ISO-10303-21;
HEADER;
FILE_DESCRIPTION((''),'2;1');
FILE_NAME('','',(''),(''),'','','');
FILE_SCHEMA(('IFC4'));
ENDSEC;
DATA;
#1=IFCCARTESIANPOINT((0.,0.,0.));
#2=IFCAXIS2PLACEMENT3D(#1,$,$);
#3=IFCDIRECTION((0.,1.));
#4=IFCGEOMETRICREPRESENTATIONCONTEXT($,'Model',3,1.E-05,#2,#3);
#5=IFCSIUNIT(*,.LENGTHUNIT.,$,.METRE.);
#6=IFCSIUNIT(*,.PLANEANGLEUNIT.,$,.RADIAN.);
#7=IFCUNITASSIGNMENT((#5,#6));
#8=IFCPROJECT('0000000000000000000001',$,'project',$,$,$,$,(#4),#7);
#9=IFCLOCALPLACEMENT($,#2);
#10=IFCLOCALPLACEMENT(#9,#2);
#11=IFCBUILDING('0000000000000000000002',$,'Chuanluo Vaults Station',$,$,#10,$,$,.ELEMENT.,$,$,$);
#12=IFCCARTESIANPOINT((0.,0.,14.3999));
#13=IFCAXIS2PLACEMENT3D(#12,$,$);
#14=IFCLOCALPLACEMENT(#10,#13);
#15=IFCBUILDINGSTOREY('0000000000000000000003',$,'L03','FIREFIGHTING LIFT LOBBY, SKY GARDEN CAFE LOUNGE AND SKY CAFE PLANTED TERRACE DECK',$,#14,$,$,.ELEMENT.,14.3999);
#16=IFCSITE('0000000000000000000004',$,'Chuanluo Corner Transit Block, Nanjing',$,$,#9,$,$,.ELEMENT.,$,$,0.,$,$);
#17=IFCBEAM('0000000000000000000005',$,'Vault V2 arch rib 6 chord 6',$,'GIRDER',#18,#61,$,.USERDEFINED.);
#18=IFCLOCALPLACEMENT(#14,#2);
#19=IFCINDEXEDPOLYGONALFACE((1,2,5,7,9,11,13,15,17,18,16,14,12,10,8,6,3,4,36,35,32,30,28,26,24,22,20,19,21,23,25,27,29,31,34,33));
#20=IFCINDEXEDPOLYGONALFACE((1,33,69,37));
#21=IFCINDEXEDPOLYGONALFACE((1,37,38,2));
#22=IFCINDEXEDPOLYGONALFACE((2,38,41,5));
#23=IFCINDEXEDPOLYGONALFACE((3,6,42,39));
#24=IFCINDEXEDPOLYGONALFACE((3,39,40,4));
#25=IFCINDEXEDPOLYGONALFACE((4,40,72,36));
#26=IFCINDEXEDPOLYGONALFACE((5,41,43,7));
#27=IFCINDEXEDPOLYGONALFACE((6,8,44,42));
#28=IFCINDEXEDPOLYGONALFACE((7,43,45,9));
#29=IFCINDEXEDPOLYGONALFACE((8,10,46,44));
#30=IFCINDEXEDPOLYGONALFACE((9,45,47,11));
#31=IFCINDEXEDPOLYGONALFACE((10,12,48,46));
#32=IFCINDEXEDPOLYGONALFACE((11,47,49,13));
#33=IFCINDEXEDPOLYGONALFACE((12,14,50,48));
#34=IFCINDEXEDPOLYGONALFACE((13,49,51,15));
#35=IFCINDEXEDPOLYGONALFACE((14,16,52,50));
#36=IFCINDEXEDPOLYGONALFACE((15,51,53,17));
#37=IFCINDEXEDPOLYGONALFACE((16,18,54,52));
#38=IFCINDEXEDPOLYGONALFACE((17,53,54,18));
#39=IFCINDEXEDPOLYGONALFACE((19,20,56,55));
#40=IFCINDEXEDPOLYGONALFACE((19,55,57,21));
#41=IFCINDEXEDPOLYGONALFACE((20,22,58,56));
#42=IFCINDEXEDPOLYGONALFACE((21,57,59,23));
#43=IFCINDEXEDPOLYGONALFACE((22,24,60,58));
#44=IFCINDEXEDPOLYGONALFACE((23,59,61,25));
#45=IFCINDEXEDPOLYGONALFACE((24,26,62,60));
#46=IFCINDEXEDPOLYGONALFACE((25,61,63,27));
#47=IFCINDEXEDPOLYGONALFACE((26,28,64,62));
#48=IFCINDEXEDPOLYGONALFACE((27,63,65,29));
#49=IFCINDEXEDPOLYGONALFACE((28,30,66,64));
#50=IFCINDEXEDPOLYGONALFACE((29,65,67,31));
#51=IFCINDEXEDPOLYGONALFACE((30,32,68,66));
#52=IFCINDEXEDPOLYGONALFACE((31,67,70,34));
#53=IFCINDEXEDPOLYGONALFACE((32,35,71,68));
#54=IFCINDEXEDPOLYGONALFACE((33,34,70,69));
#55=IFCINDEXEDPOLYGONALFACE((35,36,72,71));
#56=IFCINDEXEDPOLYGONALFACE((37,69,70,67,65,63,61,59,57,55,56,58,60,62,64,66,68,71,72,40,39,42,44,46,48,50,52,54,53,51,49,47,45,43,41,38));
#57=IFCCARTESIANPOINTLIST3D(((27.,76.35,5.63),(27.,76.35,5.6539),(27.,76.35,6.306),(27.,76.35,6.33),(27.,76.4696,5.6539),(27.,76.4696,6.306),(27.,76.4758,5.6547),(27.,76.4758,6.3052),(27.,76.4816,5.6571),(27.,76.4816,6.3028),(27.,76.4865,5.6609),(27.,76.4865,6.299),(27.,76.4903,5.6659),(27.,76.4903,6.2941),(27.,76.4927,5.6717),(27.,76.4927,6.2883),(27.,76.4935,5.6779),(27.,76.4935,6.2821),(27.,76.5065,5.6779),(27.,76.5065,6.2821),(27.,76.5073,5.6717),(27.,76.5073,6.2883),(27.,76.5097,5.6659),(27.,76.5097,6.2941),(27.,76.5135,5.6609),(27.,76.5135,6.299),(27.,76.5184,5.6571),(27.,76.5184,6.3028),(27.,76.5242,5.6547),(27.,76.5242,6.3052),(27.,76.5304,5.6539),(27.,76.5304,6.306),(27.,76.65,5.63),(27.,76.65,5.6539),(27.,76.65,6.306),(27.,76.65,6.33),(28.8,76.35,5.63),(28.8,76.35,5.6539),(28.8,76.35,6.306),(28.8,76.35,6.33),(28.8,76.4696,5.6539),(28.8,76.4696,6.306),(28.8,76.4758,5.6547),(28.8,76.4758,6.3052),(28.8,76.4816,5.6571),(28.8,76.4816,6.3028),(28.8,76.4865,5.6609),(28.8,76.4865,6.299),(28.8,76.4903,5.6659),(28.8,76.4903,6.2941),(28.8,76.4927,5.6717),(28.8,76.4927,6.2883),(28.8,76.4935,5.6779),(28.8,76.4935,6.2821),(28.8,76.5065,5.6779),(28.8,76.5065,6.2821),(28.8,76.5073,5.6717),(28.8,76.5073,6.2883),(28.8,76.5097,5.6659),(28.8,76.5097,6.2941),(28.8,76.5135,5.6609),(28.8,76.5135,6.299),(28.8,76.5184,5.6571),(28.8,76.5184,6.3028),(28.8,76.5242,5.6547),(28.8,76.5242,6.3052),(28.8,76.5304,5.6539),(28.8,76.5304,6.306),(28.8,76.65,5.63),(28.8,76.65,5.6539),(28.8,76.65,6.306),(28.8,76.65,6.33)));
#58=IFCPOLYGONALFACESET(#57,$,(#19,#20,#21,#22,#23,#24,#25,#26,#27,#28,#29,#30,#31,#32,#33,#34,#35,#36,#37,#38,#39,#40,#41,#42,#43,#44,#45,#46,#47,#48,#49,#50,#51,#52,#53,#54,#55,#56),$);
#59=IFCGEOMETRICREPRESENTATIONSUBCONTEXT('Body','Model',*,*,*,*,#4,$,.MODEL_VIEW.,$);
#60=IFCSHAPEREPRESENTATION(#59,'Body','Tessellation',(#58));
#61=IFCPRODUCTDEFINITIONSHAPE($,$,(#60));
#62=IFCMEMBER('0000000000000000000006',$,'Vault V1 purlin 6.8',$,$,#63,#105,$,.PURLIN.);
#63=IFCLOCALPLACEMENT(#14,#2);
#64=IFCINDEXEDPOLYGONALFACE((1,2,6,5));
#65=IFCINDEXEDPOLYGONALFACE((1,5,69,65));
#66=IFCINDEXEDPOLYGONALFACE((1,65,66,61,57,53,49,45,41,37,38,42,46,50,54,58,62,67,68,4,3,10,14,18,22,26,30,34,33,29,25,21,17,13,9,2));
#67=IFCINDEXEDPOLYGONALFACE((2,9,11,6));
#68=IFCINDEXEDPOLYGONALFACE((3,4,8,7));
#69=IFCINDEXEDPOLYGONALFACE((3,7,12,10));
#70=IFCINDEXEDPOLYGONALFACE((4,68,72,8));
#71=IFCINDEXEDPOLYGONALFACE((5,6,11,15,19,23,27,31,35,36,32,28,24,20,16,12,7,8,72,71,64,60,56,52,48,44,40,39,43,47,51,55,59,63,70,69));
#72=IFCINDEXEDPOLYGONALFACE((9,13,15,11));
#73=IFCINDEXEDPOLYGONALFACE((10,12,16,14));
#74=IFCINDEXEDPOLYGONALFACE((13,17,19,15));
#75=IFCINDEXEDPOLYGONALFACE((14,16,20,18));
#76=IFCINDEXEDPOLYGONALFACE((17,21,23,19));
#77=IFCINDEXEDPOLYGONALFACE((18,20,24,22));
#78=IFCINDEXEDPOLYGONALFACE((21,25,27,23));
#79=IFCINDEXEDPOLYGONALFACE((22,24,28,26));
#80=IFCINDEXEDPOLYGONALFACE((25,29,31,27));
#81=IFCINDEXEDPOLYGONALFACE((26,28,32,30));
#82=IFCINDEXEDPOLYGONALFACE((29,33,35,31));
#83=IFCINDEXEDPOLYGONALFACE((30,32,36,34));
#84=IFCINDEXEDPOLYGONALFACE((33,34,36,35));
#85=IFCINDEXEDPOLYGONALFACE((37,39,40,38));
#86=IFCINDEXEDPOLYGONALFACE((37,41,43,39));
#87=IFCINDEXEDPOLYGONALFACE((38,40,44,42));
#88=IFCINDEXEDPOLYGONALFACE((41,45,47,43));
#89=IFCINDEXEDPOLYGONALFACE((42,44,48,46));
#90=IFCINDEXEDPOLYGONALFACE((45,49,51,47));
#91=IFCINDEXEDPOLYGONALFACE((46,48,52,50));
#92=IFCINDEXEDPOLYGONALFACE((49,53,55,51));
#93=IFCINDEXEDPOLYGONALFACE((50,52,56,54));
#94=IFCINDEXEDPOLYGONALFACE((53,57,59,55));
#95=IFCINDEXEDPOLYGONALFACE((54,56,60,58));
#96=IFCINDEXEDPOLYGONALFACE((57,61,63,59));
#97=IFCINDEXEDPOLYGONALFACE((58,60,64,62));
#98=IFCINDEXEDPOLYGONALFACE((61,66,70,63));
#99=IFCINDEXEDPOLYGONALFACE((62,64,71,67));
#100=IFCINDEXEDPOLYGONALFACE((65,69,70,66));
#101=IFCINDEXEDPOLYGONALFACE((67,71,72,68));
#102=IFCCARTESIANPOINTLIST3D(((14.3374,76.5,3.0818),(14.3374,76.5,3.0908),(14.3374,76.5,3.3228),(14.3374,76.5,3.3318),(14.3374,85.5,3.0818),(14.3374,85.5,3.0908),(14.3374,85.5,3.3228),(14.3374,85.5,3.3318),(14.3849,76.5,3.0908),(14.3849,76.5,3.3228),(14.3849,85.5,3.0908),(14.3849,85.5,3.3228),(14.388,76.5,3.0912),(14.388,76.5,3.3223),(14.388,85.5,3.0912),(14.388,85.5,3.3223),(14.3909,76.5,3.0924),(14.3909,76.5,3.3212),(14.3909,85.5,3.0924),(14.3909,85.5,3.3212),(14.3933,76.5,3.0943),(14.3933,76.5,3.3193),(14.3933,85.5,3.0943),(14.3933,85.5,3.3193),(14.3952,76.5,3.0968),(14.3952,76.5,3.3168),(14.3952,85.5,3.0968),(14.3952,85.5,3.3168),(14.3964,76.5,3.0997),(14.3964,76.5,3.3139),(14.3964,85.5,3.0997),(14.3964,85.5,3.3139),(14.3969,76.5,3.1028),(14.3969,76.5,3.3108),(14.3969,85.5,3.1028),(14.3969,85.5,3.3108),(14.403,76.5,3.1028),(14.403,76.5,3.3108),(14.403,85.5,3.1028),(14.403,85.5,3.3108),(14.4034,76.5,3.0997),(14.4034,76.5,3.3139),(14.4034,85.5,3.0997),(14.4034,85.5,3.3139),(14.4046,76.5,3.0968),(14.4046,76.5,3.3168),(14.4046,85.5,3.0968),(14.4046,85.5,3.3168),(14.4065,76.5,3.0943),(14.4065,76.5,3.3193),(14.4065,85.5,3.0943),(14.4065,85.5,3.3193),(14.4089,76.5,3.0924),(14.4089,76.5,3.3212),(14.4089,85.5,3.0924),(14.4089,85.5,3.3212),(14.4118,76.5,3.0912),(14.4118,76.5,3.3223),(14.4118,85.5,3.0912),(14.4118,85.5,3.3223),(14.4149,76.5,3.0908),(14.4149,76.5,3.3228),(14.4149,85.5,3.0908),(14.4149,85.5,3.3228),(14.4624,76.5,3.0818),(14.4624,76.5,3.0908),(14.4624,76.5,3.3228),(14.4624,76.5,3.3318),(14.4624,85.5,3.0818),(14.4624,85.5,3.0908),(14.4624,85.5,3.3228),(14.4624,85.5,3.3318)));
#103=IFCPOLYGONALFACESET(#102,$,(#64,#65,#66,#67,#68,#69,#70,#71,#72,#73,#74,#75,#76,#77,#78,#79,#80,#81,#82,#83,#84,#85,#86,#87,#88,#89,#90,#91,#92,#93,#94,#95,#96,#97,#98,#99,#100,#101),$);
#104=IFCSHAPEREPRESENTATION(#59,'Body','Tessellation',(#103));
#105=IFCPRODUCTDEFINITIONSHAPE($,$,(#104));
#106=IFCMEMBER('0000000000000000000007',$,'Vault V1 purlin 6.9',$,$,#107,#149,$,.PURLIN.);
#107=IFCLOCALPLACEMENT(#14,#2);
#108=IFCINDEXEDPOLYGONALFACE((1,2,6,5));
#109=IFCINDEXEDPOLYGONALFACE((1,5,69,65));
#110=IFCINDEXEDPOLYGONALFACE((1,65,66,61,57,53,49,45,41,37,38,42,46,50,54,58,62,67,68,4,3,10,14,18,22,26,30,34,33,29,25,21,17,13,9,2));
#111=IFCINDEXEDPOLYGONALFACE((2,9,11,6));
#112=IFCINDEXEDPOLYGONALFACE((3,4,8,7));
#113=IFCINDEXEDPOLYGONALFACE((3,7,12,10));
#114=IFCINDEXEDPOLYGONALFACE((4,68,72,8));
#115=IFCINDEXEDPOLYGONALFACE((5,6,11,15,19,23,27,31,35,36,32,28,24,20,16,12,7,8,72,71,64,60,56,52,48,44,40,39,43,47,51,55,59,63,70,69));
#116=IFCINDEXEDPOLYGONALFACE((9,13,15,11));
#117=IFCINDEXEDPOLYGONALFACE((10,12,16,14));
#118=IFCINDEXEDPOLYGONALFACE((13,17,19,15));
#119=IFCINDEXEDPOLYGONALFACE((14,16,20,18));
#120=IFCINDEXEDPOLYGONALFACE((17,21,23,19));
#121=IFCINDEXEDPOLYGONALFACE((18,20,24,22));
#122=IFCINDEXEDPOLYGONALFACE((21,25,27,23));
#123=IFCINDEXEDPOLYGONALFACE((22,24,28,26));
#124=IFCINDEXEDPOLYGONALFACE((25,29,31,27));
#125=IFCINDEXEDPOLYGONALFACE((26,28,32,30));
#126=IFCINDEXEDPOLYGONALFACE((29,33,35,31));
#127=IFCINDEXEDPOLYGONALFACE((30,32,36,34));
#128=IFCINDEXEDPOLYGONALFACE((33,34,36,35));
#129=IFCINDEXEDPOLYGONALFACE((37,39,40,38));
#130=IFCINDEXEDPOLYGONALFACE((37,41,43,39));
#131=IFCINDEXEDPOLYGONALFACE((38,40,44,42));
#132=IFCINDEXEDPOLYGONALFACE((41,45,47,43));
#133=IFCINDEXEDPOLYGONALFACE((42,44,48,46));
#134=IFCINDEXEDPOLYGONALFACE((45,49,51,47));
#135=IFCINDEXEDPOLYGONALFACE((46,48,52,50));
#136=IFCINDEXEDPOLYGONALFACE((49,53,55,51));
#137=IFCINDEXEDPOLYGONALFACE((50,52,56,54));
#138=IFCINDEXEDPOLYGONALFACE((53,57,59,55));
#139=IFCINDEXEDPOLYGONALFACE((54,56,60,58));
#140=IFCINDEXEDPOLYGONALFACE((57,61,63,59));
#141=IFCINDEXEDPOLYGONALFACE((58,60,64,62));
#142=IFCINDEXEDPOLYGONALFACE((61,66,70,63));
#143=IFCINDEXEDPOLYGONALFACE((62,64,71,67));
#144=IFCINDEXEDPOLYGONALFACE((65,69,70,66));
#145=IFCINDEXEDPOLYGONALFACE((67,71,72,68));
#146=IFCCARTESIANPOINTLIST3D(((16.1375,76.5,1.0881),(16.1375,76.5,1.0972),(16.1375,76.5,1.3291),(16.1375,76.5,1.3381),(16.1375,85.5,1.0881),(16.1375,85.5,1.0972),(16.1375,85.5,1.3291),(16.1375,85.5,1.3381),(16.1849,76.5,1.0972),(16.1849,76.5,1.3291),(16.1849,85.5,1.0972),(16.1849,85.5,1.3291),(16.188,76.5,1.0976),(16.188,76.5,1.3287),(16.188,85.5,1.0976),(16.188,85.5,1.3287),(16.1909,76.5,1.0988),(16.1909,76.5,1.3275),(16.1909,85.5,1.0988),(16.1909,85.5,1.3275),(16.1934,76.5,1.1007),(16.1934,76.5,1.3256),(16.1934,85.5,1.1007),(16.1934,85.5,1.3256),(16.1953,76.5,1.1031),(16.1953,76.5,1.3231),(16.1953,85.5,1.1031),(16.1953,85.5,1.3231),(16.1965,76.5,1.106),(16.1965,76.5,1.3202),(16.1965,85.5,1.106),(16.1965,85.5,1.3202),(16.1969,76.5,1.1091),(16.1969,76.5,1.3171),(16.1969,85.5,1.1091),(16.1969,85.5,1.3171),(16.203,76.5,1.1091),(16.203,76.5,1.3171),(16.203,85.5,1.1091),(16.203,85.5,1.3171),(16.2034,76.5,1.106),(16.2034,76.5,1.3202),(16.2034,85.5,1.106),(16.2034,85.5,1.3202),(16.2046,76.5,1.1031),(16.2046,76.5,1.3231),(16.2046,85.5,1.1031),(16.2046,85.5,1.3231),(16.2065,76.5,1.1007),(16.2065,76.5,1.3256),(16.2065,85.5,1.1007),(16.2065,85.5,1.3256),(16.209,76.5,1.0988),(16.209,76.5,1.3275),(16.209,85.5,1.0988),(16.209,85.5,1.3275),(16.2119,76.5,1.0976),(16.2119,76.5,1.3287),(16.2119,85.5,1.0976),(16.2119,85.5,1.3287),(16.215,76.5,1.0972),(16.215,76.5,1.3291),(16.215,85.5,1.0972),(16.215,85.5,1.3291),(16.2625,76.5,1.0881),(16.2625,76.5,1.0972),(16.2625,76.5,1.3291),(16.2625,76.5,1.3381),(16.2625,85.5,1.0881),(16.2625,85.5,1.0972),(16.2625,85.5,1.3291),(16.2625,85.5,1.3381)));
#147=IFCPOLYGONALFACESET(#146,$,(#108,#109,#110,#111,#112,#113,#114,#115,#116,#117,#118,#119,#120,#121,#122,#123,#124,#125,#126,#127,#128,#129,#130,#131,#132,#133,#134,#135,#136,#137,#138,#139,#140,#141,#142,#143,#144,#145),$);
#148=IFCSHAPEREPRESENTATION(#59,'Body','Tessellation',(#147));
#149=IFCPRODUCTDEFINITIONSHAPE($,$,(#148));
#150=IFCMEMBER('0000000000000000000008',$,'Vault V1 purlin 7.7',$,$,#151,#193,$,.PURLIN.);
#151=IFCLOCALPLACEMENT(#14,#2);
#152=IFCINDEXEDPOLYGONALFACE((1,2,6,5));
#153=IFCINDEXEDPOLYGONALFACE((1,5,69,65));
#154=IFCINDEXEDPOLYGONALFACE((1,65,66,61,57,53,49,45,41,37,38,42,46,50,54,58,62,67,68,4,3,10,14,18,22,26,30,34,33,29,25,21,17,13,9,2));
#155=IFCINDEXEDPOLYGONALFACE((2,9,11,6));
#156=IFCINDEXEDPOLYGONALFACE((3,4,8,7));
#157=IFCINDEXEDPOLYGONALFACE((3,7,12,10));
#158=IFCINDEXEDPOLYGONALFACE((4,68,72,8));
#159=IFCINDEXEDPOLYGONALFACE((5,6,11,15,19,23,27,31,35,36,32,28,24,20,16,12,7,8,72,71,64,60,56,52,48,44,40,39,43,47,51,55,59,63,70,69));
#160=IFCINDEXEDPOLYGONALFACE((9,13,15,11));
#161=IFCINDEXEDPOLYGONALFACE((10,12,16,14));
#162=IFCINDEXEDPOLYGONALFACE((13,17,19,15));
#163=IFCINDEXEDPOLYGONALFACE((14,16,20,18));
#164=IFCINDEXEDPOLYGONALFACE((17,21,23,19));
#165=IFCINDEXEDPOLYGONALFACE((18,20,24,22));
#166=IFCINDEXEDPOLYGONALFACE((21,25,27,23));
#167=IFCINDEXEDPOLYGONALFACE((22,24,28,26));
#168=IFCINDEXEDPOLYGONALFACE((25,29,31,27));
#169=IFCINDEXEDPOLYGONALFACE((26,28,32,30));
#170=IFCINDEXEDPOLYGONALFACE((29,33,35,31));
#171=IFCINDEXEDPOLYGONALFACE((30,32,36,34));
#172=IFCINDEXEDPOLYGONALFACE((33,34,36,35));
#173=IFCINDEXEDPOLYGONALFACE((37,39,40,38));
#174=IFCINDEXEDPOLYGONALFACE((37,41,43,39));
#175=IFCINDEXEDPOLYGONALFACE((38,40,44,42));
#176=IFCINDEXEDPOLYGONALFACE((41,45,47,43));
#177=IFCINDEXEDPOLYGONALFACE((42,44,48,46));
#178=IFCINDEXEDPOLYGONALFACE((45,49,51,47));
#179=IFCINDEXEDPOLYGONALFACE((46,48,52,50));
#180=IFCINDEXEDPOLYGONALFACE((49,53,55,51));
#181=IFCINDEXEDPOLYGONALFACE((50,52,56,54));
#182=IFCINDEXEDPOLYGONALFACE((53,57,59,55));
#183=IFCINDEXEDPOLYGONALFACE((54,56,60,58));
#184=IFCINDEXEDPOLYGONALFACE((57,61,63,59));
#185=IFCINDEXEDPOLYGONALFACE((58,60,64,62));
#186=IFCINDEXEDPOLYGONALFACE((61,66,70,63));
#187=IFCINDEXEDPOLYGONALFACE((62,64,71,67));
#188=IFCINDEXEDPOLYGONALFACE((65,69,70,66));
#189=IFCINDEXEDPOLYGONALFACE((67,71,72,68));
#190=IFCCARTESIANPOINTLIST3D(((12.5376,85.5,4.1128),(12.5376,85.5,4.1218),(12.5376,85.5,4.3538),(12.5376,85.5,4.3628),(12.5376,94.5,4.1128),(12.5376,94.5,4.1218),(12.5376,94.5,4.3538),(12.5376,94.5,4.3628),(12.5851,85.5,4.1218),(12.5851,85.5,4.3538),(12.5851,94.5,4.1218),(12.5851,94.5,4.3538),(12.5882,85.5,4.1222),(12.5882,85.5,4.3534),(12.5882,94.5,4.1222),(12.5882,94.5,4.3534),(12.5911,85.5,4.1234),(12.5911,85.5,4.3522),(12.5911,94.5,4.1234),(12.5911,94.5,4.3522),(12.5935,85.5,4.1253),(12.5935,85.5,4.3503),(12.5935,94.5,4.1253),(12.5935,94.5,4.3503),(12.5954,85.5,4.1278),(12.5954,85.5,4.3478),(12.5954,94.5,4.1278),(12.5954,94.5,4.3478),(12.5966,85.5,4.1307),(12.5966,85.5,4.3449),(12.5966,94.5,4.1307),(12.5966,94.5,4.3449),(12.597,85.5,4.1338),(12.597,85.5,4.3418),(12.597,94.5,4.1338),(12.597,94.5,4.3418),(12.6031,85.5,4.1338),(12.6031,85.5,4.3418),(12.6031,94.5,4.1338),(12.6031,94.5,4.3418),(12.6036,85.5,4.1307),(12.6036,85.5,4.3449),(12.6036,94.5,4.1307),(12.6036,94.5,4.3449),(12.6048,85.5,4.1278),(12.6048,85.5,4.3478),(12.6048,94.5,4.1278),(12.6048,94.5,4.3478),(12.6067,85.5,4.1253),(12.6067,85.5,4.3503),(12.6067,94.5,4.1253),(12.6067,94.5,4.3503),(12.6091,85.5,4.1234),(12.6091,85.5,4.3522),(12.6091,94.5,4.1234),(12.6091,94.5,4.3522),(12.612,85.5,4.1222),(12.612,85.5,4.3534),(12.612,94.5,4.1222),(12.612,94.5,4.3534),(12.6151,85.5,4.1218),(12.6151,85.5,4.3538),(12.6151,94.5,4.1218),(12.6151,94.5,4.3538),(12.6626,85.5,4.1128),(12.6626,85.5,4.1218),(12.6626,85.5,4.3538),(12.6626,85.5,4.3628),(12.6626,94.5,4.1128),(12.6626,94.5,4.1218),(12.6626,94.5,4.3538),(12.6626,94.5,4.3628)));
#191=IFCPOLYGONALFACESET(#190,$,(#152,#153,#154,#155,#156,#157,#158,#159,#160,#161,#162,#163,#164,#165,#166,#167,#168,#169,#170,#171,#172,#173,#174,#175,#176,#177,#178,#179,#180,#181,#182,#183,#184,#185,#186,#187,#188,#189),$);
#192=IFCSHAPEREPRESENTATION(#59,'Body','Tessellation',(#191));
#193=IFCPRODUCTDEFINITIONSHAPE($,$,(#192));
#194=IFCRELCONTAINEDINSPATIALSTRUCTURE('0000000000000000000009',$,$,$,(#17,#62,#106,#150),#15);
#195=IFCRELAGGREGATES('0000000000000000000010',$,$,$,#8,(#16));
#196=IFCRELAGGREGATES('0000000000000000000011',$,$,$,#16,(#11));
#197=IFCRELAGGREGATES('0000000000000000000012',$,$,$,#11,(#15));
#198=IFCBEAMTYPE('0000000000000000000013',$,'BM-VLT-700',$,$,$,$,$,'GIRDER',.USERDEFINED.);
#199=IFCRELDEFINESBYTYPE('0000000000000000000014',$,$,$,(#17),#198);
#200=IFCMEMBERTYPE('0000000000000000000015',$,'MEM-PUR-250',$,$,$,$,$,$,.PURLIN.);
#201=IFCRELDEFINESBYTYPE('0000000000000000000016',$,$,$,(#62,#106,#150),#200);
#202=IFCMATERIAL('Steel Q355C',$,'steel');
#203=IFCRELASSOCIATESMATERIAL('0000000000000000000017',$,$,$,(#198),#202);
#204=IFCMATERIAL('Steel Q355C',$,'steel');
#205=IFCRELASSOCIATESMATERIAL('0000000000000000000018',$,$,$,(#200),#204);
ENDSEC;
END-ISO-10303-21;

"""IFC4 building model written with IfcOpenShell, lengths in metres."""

from ifc_helpers import new_model, si_unit, direction, frame, origin, origin_2d, place, context, subcontext, project, spatial, i_section, extrude, material, material_profile, profile_set, type_object, element, save


model = new_model("IFC4")

# Units and contexts
model_context = context("Model", 3, precision=1e-05, world=origin(), true_north=direction((0.0, 1.0)))
body_context = subcontext(model_context, "Body", "Model", "MODEL_VIEW")
ifc_project = project(units=[si_unit("LENGTHUNIT", "METRE"), si_unit("PLANEANGLEUNIT", "RADIAN")], contexts=[model_context])

# Site, building, storey
site_placement = place(None, origin())
site = spatial("IfcSite", under=ifc_project, at=site_placement, Name="Chuanluo Corner Transit Block, Nanjing", CompositionType="ELEMENT", RefElevation=0.0)
building_placement = place(site_placement, origin())
building = spatial("IfcBuilding", under=site, at=building_placement, Name="Chuanluo Vaults Station", CompositionType="ELEMENT")
storey_placement = place(building_placement, frame((0.0, 0.0, 14.3999)))
storey = spatial("IfcBuildingStorey", under=building, at=storey_placement, Name="L03", Description="FIREFIGHTING LIFT LOBBY, SKY GARDEN CAFE LOUNGE AND SKY CAFE PLANTED TERRACE DECK", CompositionType="ELEMENT", Elevation=14.3999)

# Beam
ifc_material_1 = material(Name="Steel Q355C", Category="steel")
ifc_material_profile_1 = material_profile(ifc_material_1, i_section(OverallWidth=0.3, OverallDepth=0.7, WebThickness=0.0129, FlangeThickness=0.0239, FilletRadius=0.0239, at=origin_2d()))
ifc_profile_set_1 = profile_set([ifc_material_profile_1], Name="Steel Q355C")
beam_type_1 = type_object("IfcBeamType", Name="BM-VLT-700", ElementType="GIRDER", PredefinedType="USERDEFINED", material=ifc_profile_set_1)
for number, where, z_axis, x_axis, name in (
    (1, (27.0, 76.5, 5.98), (1.0, 0.0, 0.0), (0.0, 1.0, 0.0), "Vault V2 arch rib 6 chord 6"),
):
    element("IfcBeam", number, at=place(storey_placement, frame(where, z_axis=z_axis, x_axis=x_axis)), inside=storey, type_object=beam_type_1, Name=name, ObjectType="GIRDER", PredefinedType="USERDEFINED", context=body_context, shape_type="SweptSolid", body=[
        extrude(i_section(OverallWidth=0.3, OverallDepth=0.7, WebThickness=0.0129, FlangeThickness=0.0239, FilletRadius=0.0239, at=origin_2d()), origin(), (0.0, 0.0, 1.0), 1.8),
    ])

# Members
ifc_material_2 = material(Name="Steel Q355C", Category="steel")
ifc_material_profile_2 = material_profile(ifc_material_2, i_section(OverallWidth=0.125, OverallDepth=0.25, WebThickness=0.0061, FlangeThickness=0.009, FilletRadius=0.012, at=origin_2d()))
ifc_profile_set_2 = profile_set([ifc_material_profile_2], Name="Steel Q355C")
member_type_1 = type_object("IfcMemberType", Name="MEM-PUR-250", PredefinedType="PURLIN", material=ifc_profile_set_2)
for number, where, z_axis, x_axis, name in (
    (2, (14.3999, 76.5, 3.2068), (0.0, 1.0, 0.0), (-1.0, 0.0, 0.0), "Vault V1 purlin 6.8"),
    (3, (16.2, 76.5, 1.2131), (0.0, 1.0, 0.0), (-1.0, 0.0, 0.0), "Vault V1 purlin 6.9"),
    (4, (12.6001, 85.5, 4.2378), (0.0, 1.0, 0.0), (-1.0, 0.0, 0.0), "Vault V1 purlin 7.7"),
):
    element("IfcMember", number, at=place(storey_placement, frame(where, z_axis=z_axis, x_axis=x_axis)), inside=storey, type_object=member_type_1, Name=name, PredefinedType="PURLIN", context=body_context, shape_type="SweptSolid", body=[
        extrude(i_section(OverallWidth=0.125, OverallDepth=0.25, WebThickness=0.0061, FlangeThickness=0.009, FilletRadius=0.012, at=origin_2d()), origin(), (0.0, 0.0, 1.0), 9.0),
    ])

save(model, "model.ifc")
